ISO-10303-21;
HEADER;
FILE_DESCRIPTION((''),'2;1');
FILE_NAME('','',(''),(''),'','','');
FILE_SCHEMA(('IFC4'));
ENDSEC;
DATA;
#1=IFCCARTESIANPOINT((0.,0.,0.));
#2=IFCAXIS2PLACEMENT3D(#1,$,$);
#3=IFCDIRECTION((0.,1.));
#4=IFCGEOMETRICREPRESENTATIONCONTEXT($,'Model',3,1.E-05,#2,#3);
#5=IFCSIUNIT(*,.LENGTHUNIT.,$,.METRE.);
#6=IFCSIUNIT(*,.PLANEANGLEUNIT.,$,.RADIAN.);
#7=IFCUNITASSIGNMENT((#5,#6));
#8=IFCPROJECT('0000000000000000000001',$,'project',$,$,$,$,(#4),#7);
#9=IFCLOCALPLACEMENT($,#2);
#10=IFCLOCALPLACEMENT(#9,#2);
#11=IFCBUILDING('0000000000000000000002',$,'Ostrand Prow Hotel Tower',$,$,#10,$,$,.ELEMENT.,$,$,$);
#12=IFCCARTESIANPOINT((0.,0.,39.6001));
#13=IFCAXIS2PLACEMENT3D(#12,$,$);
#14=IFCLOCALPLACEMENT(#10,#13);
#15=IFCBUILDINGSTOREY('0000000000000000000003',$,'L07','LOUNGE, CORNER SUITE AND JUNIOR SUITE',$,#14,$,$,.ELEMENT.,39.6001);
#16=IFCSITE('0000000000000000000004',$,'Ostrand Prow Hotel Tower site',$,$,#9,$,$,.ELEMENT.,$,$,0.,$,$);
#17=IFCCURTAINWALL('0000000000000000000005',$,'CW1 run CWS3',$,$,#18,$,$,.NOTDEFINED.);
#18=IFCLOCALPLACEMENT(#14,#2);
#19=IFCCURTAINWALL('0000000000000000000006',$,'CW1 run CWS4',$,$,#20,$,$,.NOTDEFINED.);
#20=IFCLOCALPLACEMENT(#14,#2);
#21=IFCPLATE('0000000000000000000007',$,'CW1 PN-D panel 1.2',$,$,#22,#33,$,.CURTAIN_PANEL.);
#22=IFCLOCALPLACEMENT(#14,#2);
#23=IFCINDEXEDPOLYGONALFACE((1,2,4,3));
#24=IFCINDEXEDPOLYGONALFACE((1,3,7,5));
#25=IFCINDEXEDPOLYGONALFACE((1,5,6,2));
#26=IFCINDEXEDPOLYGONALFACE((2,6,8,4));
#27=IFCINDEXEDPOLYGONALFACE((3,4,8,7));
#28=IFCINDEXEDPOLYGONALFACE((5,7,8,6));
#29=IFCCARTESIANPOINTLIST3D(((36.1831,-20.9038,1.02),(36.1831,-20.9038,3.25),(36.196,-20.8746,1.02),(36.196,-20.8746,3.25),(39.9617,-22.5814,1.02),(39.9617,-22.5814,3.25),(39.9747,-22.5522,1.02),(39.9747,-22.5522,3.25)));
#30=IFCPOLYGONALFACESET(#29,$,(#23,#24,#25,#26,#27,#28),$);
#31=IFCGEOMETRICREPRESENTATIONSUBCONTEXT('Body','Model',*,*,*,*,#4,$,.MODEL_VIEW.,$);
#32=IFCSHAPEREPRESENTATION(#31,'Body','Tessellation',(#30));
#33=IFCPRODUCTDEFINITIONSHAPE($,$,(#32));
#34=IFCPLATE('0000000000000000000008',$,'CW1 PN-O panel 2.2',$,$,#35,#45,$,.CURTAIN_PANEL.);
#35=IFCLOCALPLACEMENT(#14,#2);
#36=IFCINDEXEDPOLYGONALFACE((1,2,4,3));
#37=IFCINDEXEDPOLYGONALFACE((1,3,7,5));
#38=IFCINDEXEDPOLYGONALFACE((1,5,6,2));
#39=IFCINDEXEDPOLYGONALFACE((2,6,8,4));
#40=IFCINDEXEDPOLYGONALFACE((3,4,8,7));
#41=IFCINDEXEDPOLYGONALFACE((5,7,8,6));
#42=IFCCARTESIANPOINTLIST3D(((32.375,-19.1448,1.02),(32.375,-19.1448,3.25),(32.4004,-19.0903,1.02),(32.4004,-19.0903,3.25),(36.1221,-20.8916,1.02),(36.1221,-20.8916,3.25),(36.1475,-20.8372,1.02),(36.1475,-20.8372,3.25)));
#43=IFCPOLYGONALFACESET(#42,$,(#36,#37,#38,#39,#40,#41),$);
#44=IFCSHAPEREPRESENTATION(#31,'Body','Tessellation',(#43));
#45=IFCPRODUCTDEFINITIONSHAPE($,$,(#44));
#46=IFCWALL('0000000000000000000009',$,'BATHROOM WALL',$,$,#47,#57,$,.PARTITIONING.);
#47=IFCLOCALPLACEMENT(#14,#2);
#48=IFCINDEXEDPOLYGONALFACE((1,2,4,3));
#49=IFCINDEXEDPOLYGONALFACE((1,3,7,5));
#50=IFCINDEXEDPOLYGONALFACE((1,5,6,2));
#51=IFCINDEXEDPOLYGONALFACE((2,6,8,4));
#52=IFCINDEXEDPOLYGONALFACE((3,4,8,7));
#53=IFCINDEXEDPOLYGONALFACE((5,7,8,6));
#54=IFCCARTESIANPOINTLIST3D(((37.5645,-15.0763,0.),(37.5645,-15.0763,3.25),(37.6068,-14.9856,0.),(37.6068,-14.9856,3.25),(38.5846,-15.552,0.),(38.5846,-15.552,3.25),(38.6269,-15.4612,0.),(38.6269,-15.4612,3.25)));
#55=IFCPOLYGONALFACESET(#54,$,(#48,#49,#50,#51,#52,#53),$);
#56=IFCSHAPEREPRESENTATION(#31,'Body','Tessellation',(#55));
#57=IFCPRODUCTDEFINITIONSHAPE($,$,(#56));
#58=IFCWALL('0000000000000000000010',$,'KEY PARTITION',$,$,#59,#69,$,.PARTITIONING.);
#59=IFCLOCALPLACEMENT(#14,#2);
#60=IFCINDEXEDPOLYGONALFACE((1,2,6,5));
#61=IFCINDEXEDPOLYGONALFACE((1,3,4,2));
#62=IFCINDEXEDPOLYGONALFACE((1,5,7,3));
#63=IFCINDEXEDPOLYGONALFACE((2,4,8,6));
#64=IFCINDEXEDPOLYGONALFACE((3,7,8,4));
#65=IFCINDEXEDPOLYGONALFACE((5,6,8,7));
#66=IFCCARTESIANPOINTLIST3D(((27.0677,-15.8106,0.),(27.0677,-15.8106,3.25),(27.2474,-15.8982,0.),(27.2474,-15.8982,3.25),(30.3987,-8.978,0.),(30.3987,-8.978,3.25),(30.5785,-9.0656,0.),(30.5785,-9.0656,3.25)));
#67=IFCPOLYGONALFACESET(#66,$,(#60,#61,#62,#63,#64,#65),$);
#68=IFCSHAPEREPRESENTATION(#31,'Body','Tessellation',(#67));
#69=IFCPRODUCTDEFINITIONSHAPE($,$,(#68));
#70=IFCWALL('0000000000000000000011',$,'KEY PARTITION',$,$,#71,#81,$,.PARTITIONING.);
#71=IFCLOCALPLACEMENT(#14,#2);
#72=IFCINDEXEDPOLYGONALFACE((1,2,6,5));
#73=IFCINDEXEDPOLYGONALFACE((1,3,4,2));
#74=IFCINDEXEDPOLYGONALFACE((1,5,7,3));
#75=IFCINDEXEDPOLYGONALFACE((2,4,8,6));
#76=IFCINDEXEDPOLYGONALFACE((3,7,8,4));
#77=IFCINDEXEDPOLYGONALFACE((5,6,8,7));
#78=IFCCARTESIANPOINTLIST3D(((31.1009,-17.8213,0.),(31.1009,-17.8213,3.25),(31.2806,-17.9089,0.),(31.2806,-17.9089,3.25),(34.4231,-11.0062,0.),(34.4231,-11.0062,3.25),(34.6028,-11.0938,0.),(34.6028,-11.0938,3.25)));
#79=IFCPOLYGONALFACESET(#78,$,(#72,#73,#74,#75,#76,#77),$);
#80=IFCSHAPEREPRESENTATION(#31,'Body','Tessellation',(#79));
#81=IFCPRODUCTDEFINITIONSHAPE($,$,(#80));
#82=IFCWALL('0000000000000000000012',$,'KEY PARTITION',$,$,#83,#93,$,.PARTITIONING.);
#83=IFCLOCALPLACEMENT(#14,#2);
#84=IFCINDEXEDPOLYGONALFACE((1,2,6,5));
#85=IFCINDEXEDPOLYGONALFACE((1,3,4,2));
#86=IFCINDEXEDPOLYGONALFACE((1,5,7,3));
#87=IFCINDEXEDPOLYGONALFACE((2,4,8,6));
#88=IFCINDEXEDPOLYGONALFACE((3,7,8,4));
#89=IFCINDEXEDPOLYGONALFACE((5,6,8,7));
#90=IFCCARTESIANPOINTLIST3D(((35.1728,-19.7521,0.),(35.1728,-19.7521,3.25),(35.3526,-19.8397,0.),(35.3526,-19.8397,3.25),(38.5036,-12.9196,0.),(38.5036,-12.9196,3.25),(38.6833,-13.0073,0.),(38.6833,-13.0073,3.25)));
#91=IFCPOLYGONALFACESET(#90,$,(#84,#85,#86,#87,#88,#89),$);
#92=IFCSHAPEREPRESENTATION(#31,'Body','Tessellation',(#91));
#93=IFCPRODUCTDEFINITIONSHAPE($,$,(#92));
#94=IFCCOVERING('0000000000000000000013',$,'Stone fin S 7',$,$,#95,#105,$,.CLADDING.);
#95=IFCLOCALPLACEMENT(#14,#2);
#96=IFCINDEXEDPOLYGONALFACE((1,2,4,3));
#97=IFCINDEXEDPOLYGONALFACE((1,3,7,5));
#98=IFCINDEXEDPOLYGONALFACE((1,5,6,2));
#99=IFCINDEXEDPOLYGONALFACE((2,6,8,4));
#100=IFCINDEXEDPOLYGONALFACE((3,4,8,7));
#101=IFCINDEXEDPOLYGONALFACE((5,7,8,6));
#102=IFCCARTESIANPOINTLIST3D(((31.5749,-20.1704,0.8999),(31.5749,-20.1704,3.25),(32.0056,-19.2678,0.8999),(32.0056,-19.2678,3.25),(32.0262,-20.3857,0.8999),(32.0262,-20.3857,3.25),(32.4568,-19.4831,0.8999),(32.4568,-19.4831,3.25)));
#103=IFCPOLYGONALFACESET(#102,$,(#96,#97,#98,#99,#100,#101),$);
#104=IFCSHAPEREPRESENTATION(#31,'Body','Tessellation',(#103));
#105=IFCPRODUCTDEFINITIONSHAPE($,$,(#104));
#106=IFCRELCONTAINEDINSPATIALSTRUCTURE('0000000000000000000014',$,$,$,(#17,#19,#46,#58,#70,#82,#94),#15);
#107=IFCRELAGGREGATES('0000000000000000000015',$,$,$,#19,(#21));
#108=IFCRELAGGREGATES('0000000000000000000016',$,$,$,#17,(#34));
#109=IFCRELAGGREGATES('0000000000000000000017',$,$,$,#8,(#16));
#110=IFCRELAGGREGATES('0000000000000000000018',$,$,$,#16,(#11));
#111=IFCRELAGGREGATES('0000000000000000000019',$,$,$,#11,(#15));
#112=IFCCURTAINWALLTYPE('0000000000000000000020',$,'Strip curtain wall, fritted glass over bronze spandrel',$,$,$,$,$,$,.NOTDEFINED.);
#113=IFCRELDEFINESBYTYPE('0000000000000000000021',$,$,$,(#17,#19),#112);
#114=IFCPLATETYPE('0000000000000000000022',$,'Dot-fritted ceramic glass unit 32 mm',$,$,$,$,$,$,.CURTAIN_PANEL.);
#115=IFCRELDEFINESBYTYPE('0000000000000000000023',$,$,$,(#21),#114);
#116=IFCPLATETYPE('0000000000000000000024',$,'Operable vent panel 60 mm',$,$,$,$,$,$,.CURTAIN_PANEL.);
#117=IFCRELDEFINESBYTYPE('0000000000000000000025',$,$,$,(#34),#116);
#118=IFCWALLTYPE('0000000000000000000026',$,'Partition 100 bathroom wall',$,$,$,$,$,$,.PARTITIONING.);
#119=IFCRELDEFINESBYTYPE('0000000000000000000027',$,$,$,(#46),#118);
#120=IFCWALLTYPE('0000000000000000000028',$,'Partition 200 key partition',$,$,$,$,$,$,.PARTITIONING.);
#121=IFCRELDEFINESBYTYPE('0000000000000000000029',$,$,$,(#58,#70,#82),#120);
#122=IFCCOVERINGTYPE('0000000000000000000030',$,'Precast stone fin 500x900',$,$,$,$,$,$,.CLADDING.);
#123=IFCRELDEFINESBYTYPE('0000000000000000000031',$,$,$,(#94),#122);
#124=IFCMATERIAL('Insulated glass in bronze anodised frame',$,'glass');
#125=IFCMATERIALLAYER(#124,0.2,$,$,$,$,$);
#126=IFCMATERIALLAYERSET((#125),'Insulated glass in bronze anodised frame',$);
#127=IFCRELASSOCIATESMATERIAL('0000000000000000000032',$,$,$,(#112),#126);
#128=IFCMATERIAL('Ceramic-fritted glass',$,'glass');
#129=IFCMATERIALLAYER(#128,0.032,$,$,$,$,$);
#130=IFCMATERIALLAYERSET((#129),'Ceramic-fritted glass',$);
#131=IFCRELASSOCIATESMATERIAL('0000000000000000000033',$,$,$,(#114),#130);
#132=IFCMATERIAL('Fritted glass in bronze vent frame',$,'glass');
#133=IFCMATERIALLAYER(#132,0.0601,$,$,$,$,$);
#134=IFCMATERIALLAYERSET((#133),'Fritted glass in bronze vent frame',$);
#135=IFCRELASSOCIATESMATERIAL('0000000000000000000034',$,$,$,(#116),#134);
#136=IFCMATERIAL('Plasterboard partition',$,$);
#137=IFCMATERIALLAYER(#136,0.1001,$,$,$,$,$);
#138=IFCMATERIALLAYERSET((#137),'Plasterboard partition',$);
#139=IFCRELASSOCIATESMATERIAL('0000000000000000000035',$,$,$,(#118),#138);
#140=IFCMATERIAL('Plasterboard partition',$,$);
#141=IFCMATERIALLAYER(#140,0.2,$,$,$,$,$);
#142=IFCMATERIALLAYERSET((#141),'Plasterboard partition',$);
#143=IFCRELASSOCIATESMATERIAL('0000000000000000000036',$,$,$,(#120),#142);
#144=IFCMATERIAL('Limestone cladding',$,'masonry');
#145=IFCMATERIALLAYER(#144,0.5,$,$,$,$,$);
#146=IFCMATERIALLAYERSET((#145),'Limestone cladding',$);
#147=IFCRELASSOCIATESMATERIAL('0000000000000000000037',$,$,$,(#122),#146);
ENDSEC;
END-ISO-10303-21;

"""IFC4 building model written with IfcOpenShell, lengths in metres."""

from ifc_helpers import new_model, si_unit, direction, frame, frame_2d, origin, origin_2d, place, context, subcontext, project, spatial, rectangle, extrude, material, layer, layer_set, type_object, element, aggregate, save


model = new_model("IFC4")

# Units and contexts
model_context = context("Model", 3, precision=1e-05, world=origin(), true_north=direction((0.0, 1.0)))
body_context = subcontext(model_context, "Body", "Model", "MODEL_VIEW")
ifc_project = project(units=[si_unit("LENGTHUNIT", "METRE"), si_unit("PLANEANGLEUNIT", "RADIAN")], contexts=[model_context])

# Site, building, storey
site_placement = place(None, origin())
site = spatial("IfcSite", under=ifc_project, at=site_placement, Name="Ostrand Prow Hotel Tower site", CompositionType="ELEMENT", RefElevation=0.0)
building_placement = place(site_placement, origin())
building = spatial("IfcBuilding", under=site, at=building_placement, Name="Ostrand Prow Hotel Tower", CompositionType="ELEMENT")
storey_placement = place(building_placement, frame((0.0, 0.0, 39.6001)))
storey = spatial("IfcBuildingStorey", under=building, at=storey_placement, Name="L07", Description="LOUNGE, CORNER SUITE AND JUNIOR SUITE", CompositionType="ELEMENT", Elevation=39.6001)

# Curtain wall
ifc_material_1 = material(Name="Insulated glass in bronze anodised frame", Category="glass")
ifc_layer_1 = layer(ifc_material_1, 0.2)
ifc_layer_set_1 = layer_set([ifc_layer_1], Name="Insulated glass in bronze anodised frame")
curtain_wall_type = type_object("IfcCurtainWallType", Name="Strip curtain wall, fritted glass over bronze spandrel", PredefinedType="NOTDEFINED", material=ifc_layer_set_1)
curtain_wall_1_placement = place(storey_placement, origin())
curtain_wall_1 = element("IfcCurtainWall", 1, at=curtain_wall_1_placement, inside=storey, type_object=curtain_wall_type, Name="CW1 run CWS3", PredefinedType="NOTDEFINED")

# Curtain wall
curtain_wall_2_placement = place(storey_placement, origin())
curtain_wall_2 = element("IfcCurtainWall", 2, at=curtain_wall_2_placement, inside=storey, type_object=curtain_wall_type, Name="CW1 run CWS4", PredefinedType="NOTDEFINED")

# Plates
ifc_material_2 = material(Name="Ceramic-fritted glass", Category="glass")
ifc_layer_2 = layer(ifc_material_2, 0.032)
ifc_layer_set_2 = layer_set([ifc_layer_2], Name="Ceramic-fritted glass")
plate_type_1 = type_object("IfcPlateType", Name="Dot-fritted ceramic glass unit 32 mm", PredefinedType="CURTAIN_PANEL", material=ifc_layer_set_2)
plate_1_placement = place(storey_placement, frame((38.0789, -21.728, 1.02), z_axis=(0.0, 0.0, 1.0), x_axis=(0.913971, -0.40578, 0.0)))
plate_1 = element("IfcPlate", 3, at=plate_1_placement, type_object=plate_type_1, Name="CW1 PN-D panel 1.2", PredefinedType="CURTAIN_PANEL", context=body_context, shape_type="SweptSolid", body=[
    extrude(rectangle(XDim=4.1343, YDim=0.032, at=origin_2d()), origin(), (0.0, 0.0, 1.0), 2.23),
])
aggregate(curtain_wall_2, [plate_1])
ifc_material_3 = material(Name="Fritted glass in bronze vent frame", Category="glass")
ifc_layer_3 = layer(ifc_material_3, 0.0601)
ifc_layer_set_3 = layer_set([ifc_layer_3], Name="Fritted glass in bronze vent frame")
plate_type_2 = type_object("IfcPlateType", Name="Operable vent panel 60 mm", PredefinedType="CURTAIN_PANEL", material=ifc_layer_set_3)
plate_2_placement = place(storey_placement, frame((34.2612, -19.991, 1.02), z_axis=(0.0, 0.0, 1.0), x_axis=(0.906349, -0.42253, 0.0)))
plate_2 = element("IfcPlate", 4, at=plate_2_placement, type_object=plate_type_2, Name="CW1 PN-O panel 2.2", PredefinedType="CURTAIN_PANEL", context=body_context, shape_type="SweptSolid", body=[
    extrude(rectangle(XDim=4.1343, YDim=0.0601, at=origin_2d()), origin(), (0.0, 0.0, 1.0), 2.23),
])
aggregate(curtain_wall_1, [plate_2])

# Walls
ifc_material_4 = material(Name="Plasterboard partition")
ifc_layer_4 = layer(ifc_material_4, 0.1001)
ifc_layer_set_4 = layer_set([ifc_layer_4], Name="Plasterboard partition")
wall_type_1 = type_object("IfcWallType", Name="Partition 100 bathroom wall", PredefinedType="PARTITIONING", material=ifc_layer_set_4)
wall_1_placement = place(storey_placement, frame((38.6057, -15.5066, 0.0), z_axis=(0.0, 0.0, 1.0), x_axis=(-0.906327, 0.422577, 0.0)))
element("IfcWall", 5, at=wall_1_placement, inside=storey, type_object=wall_type_1, Name="BATHROOM WALL", PredefinedType="PARTITIONING", context=body_context, shape_type="SweptSolid", body=[
    extrude(rectangle(XDim=1.1255, YDim=0.1001, at=frame_2d((0.5627, 0.0))), origin(), (0.0, 0.0, 1.0), 3.25),
])
ifc_material_5 = material(Name="Plasterboard partition")
ifc_layer_5 = layer(ifc_material_5, 0.2)
ifc_layer_set_5 = layer_set([ifc_layer_5], Name="Plasterboard partition")
wall_type_2 = type_object("IfcWallType", Name="Partition 200 key partition", PredefinedType="PARTITIONING", material=ifc_layer_set_5)
wall_2_placement = place(storey_placement, frame((27.1575, -15.8545, 0.0), z_axis=(0.0, 0.0, 1.0), x_axis=(0.438224, 0.898866, 0.0)))
element("IfcWall", 6, at=wall_2_placement, inside=storey, type_object=wall_type_2, Name="KEY PARTITION", PredefinedType="PARTITIONING", context=body_context, shape_type="SweptSolid", body=[
    extrude(rectangle(XDim=7.6013, YDim=0.2, at=frame_2d((3.8008, 0.0))), origin(), (0.0, 0.0, 1.0), 3.25),
])
wall_3_placement = place(storey_placement, frame((31.1907, -17.8652, 0.0), z_axis=(0.0, 0.0, 1.0), x_axis=(0.438188, 0.898884, 0.0)))
element("IfcWall", 7, at=wall_3_placement, inside=storey, type_object=wall_type_2, Name="KEY PARTITION", PredefinedType="PARTITIONING", context=body_context, shape_type="SweptSolid", body=[
    extrude(rectangle(XDim=7.5818, YDim=0.2, at=frame_2d((3.791, 0.0))), origin(), (0.0, 0.0, 1.0), 3.25),
])
wall_4_placement = place(storey_placement, frame((35.2627, -19.7959, 0.0), z_axis=(0.0, 0.0, 1.0), x_axis=(0.438198, 0.898879, 0.0)))
element("IfcWall", 8, at=wall_4_placement, inside=storey, type_object=wall_type_2, Name="KEY PARTITION", PredefinedType="PARTITIONING", context=body_context, shape_type="SweptSolid", body=[
    extrude(rectangle(XDim=7.6011, YDim=0.2, at=frame_2d((3.8005, 0.0))), origin(), (0.0, 0.0, 1.0), 3.25),
])

# Covering
ifc_material_6 = material(Name="Limestone cladding", Category="masonry")
ifc_layer_6 = layer(ifc_material_6, 0.5)
ifc_layer_set_6 = layer_set([ifc_layer_6], Name="Limestone cladding")
covering_type = type_object("IfcCoveringType", Name="Precast stone fin 500x900", PredefinedType="CLADDING", material=ifc_layer_set_6)
covering_placement = place(storey_placement, frame((32.2312, -19.3755, 0.8999), z_axis=(0.0, 0.0, 1.0), x_axis=(-0.430635, -0.902526, 0.0)))
element("IfcCovering", 9, at=covering_placement, inside=storey, type_object=covering_type, Name="Stone fin S 7", PredefinedType="CLADDING", context=body_context, shape_type="SweptSolid", body=[
    extrude(rectangle(XDim=1.0, YDim=0.5, at=frame_2d((0.5, 0.0))), origin(), (0.0, 0.0, 1.0), 2.3501),
])

save(model, "model.ifc")
